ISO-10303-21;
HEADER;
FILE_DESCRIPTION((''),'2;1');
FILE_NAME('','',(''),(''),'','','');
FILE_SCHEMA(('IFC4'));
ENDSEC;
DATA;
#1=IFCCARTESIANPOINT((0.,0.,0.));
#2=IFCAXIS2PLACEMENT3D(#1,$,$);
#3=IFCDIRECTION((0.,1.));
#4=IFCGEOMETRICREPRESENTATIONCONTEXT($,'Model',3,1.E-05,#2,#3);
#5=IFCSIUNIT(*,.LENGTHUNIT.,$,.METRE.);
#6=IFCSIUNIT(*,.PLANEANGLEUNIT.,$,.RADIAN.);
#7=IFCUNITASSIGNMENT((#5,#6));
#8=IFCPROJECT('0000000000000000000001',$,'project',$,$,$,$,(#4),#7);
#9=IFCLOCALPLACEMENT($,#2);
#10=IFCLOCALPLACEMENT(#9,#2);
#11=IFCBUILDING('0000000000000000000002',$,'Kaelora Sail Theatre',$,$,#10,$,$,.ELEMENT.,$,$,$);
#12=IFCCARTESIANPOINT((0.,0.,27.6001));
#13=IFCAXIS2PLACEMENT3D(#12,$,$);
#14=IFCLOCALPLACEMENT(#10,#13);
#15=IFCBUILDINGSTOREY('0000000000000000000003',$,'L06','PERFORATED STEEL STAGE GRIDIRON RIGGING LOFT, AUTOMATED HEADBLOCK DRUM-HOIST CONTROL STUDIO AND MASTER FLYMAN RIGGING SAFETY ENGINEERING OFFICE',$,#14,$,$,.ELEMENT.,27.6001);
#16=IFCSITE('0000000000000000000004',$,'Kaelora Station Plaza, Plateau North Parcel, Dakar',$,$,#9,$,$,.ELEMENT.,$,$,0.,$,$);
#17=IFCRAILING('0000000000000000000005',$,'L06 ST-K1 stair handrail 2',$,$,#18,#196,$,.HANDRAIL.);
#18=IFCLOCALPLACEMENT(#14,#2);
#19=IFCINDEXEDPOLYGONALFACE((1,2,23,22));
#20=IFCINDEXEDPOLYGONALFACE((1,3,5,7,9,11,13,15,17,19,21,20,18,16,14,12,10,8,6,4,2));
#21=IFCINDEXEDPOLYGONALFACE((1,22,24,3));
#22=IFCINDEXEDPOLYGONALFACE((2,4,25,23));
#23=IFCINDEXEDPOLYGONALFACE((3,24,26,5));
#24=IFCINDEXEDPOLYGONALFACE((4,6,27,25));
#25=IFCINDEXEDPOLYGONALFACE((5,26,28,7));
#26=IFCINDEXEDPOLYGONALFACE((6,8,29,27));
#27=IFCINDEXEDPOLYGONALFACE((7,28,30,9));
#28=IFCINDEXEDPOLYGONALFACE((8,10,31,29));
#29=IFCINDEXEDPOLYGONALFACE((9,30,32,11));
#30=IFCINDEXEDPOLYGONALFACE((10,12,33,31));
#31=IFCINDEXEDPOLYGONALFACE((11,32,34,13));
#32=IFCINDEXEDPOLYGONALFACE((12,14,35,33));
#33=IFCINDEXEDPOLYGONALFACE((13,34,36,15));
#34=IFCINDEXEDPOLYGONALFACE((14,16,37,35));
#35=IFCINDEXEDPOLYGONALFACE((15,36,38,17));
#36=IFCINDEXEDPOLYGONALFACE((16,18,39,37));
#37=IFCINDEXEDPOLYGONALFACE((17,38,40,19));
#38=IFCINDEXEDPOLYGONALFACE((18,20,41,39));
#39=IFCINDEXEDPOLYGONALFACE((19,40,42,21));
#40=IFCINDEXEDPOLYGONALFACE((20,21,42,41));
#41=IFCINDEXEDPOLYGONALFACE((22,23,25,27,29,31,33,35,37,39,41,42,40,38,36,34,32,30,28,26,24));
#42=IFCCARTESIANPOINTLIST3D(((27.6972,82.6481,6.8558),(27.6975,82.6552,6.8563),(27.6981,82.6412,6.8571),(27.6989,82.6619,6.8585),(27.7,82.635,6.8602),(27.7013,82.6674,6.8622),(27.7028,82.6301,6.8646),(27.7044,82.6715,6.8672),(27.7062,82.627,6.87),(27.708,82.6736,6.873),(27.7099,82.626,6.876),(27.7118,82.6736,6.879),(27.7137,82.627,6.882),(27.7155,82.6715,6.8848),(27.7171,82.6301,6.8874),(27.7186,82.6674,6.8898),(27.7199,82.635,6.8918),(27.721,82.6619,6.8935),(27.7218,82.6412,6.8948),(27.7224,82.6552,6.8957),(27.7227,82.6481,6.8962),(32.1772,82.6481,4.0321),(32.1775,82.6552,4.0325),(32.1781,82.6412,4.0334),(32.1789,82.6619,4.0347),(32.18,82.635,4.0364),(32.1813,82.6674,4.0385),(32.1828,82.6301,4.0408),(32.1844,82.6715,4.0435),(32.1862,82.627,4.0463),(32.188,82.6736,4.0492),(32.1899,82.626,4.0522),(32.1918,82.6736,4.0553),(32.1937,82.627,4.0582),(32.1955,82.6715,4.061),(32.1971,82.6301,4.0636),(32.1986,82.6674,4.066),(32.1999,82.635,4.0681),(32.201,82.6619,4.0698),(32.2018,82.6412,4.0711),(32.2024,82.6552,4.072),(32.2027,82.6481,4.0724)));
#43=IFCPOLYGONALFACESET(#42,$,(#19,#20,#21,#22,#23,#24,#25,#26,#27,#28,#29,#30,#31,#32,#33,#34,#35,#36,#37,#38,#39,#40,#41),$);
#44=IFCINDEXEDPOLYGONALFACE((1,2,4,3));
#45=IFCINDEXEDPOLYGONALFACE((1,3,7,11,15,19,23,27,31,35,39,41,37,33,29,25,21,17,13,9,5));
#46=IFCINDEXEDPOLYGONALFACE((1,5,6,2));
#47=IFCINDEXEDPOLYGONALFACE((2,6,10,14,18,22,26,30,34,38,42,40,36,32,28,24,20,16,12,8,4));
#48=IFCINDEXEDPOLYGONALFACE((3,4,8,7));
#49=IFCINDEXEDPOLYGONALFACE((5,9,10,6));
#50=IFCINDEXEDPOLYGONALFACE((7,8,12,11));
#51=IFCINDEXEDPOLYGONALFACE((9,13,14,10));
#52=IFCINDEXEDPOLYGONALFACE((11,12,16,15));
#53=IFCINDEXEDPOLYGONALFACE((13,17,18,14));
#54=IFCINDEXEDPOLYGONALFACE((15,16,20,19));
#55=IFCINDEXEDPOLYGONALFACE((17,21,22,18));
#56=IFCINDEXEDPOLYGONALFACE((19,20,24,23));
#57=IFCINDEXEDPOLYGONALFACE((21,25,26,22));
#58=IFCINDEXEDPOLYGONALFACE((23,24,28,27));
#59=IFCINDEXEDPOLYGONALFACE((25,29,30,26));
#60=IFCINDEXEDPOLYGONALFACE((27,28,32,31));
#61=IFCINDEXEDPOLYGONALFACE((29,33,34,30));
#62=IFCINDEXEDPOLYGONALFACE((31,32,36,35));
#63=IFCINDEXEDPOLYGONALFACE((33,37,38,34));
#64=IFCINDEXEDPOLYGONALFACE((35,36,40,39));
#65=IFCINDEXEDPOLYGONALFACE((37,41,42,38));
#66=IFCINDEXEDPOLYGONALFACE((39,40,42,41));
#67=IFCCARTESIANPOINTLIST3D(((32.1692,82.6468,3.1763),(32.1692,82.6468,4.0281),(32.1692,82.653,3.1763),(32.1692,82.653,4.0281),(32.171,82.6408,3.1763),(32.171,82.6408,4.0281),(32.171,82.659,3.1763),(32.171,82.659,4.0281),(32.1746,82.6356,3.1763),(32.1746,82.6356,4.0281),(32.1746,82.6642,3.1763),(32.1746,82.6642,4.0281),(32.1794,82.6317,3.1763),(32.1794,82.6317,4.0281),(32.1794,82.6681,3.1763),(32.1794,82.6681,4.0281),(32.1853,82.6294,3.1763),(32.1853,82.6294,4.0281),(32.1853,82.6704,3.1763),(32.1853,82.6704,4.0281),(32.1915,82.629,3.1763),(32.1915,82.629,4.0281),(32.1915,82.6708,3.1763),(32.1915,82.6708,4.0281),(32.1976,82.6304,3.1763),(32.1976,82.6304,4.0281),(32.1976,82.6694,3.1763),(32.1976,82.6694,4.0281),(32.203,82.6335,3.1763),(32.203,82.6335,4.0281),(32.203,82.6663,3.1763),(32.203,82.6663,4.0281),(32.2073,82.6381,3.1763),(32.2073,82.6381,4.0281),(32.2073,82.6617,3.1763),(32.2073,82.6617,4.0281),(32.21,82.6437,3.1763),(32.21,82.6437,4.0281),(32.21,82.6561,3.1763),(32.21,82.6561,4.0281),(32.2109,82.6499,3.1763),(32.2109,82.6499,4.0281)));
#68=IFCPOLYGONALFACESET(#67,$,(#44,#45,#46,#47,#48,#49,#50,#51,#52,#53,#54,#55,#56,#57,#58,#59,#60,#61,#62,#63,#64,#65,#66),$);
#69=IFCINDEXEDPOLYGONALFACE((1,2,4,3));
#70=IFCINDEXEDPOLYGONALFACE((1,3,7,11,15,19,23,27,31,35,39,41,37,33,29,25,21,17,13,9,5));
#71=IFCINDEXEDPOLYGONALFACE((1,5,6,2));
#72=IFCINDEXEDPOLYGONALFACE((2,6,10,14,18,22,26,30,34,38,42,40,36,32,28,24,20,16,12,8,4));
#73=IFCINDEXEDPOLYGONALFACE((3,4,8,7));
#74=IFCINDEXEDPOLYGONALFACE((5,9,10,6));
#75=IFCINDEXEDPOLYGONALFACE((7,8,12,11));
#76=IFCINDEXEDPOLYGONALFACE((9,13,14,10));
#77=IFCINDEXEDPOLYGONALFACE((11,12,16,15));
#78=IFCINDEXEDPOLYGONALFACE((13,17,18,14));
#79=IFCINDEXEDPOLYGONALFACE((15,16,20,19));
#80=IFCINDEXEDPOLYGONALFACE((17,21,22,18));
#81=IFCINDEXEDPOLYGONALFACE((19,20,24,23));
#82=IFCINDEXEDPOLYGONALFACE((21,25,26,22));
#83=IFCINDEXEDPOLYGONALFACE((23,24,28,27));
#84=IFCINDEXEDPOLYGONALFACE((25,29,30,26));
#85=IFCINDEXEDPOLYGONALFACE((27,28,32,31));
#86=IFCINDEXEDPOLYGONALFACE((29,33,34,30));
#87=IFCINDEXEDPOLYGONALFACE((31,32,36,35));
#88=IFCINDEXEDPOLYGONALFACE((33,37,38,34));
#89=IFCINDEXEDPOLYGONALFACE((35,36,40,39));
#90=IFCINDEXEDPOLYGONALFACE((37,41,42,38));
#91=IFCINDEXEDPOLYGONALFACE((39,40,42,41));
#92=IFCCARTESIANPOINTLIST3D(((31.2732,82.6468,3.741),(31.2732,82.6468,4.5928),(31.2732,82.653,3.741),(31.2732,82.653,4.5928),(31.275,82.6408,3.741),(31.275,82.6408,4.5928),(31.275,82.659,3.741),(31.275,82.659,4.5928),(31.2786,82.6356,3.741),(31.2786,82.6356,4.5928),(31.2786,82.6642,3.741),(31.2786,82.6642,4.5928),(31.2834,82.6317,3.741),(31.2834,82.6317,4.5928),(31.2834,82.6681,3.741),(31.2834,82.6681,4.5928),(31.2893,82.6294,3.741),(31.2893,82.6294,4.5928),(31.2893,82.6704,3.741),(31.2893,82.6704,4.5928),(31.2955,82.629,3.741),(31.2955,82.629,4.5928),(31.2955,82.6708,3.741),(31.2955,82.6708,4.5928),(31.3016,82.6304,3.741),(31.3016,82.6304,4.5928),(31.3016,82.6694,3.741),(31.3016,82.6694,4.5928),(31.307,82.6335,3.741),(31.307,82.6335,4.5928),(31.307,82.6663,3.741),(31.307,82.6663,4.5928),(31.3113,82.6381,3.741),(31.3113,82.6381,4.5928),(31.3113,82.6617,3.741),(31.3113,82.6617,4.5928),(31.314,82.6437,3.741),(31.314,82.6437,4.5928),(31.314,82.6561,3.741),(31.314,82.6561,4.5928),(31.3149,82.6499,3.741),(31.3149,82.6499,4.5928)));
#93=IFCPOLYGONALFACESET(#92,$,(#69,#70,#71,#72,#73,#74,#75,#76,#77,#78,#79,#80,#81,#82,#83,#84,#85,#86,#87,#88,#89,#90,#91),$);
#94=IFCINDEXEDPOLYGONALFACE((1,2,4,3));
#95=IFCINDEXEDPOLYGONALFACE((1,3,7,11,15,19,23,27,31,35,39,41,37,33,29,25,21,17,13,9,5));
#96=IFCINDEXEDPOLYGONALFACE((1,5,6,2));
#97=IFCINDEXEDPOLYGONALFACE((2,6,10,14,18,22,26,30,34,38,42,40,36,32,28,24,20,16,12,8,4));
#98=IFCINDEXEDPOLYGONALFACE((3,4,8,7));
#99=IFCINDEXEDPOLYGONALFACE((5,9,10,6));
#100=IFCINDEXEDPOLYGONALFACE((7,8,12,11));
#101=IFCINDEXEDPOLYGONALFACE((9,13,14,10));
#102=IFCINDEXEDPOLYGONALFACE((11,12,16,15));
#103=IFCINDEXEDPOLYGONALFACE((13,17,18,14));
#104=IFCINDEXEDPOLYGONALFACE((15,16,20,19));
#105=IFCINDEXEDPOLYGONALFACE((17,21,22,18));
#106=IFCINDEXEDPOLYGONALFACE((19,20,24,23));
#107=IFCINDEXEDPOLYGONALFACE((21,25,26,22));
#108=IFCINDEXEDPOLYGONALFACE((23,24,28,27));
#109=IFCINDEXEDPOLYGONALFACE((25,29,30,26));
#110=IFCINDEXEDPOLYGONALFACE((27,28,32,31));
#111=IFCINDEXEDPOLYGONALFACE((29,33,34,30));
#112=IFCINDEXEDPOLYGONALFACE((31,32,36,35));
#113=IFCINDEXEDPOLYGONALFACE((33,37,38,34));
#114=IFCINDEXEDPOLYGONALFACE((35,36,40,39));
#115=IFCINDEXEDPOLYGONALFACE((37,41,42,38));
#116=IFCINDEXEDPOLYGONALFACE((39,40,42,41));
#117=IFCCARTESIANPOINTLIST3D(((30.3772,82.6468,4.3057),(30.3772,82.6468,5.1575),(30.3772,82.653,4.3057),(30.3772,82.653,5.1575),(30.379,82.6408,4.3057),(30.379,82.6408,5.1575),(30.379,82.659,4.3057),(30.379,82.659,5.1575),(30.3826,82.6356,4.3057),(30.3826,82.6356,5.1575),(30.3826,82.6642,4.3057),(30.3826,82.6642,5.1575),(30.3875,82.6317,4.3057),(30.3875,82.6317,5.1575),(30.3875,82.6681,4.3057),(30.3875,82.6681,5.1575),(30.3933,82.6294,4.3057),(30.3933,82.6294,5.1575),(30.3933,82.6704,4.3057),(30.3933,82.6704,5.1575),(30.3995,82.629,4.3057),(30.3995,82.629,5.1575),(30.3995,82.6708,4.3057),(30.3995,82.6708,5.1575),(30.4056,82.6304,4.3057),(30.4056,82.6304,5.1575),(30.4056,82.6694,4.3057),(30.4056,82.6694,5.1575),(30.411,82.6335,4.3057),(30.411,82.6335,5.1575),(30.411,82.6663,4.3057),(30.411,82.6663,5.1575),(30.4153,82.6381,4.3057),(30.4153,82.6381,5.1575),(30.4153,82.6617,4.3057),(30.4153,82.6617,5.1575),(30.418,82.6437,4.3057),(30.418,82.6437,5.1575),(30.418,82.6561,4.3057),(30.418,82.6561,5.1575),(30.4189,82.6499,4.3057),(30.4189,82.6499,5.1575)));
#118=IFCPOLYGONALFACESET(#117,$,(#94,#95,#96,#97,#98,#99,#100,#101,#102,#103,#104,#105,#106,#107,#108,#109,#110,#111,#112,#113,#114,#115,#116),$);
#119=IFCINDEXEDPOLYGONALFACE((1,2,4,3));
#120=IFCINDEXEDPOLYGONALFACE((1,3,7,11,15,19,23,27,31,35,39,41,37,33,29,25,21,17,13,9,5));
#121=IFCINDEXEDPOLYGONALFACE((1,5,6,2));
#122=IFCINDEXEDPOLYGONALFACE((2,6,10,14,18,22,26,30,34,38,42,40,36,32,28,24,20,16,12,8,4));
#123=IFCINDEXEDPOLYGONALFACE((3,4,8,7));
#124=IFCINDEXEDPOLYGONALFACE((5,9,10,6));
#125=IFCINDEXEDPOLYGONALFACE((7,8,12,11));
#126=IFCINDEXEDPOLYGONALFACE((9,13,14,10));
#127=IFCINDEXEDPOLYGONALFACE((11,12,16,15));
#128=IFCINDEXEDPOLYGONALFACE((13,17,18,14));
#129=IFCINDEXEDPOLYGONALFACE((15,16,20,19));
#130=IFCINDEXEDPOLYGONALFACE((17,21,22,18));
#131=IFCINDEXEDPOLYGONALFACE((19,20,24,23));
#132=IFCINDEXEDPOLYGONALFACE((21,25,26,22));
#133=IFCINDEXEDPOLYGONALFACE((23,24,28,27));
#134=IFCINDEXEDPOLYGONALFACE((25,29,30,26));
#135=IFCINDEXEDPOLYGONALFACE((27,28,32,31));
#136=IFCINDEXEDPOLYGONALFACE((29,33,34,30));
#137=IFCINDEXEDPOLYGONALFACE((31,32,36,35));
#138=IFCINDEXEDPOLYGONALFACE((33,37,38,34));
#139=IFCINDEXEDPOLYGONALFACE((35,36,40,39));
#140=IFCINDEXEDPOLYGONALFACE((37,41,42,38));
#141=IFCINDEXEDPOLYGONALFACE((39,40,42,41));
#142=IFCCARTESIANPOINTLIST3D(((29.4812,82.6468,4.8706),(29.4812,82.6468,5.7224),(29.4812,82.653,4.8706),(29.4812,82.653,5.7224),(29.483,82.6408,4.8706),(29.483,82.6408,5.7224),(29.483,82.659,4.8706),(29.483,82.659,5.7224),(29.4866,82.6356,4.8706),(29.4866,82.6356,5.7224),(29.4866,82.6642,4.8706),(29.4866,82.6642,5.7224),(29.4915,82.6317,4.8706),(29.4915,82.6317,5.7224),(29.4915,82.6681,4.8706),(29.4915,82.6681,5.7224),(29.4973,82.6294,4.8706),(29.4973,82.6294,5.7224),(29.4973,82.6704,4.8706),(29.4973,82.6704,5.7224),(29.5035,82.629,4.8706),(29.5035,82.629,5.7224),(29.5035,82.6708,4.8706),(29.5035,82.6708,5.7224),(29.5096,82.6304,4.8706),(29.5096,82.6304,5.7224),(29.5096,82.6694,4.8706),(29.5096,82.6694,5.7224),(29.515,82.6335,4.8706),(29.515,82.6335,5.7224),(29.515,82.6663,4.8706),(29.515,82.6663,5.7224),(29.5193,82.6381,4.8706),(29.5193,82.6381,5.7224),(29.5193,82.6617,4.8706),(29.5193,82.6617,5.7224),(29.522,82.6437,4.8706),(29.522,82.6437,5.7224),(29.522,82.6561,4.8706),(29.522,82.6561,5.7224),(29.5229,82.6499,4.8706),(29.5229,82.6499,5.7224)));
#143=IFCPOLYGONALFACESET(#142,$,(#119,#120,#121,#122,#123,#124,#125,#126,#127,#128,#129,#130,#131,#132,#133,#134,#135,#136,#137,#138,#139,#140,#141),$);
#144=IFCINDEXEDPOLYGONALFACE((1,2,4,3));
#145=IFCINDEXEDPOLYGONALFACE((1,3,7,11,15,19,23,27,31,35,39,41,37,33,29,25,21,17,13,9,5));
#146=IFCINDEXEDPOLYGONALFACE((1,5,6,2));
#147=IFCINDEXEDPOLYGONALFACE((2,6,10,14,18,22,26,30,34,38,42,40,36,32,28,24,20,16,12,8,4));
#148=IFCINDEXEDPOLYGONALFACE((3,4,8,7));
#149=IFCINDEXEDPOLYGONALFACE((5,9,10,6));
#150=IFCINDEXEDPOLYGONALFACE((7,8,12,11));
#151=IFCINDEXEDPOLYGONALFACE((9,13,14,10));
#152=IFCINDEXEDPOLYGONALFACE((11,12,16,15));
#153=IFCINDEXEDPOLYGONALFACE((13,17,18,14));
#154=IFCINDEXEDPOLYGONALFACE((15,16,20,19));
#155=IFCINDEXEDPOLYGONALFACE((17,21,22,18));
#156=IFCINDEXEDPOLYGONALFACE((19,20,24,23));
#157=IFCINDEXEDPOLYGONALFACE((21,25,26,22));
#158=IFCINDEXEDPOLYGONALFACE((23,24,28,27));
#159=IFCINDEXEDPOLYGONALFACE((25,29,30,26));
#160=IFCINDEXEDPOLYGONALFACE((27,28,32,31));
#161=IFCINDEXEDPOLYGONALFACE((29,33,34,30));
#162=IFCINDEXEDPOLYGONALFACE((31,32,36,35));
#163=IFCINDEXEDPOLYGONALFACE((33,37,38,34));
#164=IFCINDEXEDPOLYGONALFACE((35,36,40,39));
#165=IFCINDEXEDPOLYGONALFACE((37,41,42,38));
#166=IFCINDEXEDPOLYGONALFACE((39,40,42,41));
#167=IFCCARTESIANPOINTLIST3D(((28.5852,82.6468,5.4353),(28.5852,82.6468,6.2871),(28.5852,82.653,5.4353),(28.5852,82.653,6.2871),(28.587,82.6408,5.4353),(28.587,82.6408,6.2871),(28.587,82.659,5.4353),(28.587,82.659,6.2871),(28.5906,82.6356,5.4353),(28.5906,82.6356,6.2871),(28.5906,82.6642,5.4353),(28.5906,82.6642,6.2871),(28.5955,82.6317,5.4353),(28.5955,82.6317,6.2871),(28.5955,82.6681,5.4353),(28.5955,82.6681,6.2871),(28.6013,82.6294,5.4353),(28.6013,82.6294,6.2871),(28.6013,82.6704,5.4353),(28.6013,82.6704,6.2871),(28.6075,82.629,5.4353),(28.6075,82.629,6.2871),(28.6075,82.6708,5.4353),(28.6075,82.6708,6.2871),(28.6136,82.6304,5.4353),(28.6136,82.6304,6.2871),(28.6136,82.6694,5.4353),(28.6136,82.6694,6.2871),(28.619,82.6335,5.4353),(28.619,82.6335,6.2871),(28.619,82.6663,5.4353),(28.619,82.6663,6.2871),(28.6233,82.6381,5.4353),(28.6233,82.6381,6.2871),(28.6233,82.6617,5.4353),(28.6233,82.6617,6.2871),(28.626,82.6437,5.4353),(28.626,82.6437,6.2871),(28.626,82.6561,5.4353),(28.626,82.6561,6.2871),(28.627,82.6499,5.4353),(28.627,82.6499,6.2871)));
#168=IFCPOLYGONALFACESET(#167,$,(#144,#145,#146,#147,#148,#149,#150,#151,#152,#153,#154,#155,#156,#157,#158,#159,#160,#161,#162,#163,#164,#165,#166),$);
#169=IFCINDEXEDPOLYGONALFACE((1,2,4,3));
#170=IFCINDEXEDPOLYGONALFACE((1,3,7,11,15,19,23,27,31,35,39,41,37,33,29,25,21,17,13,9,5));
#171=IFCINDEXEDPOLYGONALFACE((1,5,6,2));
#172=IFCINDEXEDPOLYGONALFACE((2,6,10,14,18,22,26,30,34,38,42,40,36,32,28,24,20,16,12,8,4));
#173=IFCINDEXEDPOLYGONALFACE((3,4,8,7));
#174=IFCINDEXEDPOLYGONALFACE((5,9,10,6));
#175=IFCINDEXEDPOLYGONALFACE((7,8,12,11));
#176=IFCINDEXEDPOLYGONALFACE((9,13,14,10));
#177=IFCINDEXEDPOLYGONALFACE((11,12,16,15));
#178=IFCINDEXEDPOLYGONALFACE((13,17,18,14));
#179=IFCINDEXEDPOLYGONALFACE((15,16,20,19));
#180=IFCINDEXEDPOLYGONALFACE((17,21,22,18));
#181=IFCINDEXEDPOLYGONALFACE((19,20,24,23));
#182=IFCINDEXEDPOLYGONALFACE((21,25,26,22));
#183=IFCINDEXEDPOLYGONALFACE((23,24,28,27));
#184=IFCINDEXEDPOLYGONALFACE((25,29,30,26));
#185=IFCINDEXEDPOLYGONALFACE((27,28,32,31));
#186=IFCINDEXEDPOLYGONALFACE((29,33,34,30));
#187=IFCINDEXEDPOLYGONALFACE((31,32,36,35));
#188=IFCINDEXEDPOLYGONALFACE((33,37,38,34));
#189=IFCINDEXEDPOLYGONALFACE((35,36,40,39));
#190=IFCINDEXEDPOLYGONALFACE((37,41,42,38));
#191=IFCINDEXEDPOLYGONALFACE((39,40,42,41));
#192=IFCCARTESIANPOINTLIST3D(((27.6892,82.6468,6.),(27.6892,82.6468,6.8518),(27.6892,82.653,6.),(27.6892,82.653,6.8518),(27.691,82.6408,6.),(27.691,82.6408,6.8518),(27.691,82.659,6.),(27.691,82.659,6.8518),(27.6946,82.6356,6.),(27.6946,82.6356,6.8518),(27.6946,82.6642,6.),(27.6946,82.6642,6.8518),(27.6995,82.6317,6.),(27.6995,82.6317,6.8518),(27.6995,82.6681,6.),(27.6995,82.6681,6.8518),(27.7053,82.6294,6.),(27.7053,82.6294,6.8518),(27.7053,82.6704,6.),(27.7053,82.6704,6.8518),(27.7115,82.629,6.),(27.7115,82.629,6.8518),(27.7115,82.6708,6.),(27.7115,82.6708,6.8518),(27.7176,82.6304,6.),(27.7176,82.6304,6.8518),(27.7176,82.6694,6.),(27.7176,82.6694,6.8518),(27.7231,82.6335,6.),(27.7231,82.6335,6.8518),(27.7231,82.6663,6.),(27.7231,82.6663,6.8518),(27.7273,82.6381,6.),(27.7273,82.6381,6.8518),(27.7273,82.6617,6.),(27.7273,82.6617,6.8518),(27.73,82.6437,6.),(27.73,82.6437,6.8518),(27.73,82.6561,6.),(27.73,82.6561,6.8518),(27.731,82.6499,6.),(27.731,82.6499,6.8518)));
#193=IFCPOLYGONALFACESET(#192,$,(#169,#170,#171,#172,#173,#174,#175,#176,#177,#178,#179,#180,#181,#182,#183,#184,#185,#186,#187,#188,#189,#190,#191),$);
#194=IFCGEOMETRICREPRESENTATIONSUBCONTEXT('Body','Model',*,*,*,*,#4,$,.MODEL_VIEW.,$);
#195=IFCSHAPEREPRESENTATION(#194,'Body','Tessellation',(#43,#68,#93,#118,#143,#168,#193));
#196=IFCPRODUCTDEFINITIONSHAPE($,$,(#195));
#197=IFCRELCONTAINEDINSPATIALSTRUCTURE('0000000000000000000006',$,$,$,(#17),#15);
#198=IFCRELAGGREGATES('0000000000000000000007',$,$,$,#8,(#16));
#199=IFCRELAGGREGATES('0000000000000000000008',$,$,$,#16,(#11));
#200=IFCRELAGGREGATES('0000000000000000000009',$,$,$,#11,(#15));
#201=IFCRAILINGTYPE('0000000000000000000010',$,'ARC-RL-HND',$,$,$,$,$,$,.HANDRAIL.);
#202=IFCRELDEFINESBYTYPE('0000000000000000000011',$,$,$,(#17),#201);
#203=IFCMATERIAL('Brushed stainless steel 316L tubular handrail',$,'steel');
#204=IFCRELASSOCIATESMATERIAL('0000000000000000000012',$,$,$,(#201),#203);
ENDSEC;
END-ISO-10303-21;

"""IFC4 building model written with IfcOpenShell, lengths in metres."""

from ifc_helpers import new_model, si_unit, direction, frame, origin, origin_2d, place, context, subcontext, project, spatial, circle, extrude, material, type_object, element, save


model = new_model("IFC4")

# Units and contexts
model_context = context("Model", 3, precision=1e-05, world=origin(), true_north=direction((0.0, 1.0)))
body_context = subcontext(model_context, "Body", "Model", "MODEL_VIEW")
ifc_project = project(units=[si_unit("LENGTHUNIT", "METRE"), si_unit("PLANEANGLEUNIT", "RADIAN")], contexts=[model_context])

# Site, building, storey
site_placement = place(None, origin())
site = spatial("IfcSite", under=ifc_project, at=site_placement, Name="Kaelora Station Plaza, Plateau North Parcel, Dakar", CompositionType="ELEMENT", RefElevation=0.0)
building_placement = place(site_placement, origin())
building = spatial("IfcBuilding", under=site, at=building_placement, Name="Kaelora Sail Theatre", CompositionType="ELEMENT")
storey_placement = place(building_placement, frame((0.0, 0.0, 27.6001)))
storey = spatial("IfcBuildingStorey", under=building, at=storey_placement, Name="L06", Description="PERFORATED STEEL STAGE GRIDIRON RIGGING LOFT, AUTOMATED HEADBLOCK DRUM-HOIST CONTROL STUDIO AND MASTER FLYMAN RIGGING SAFETY ENGINEERING OFFICE", CompositionType="ELEMENT", Elevation=27.6001)

# Railing
ifc_material_1 = material(Name="Brushed stainless steel 316L tubular handrail", Category="steel")
railing_type_1 = type_object("IfcRailingType", Name="ARC-RL-HND", PredefinedType="HANDRAIL", material=ifc_material_1)
railing_1_placement = place(storey_placement, frame((32.1899, 82.6499, 3.1763)))
element("IfcRailing", 1, at=railing_1_placement, inside=storey, type_object=railing_type_1, Name="L06 ST-K1 stair handrail 2", PredefinedType="HANDRAIL", context=body_context, shape_type="SweptSolid", body=[
    extrude(circle(Radius=0.0239, at=origin_2d()), frame((0.0, 0.0, 0.876), z_axis=(-0.845977, 0.0, 0.533219), x_axis=(0.0, -1.0, 0.0)), (0.0, 0.0, 1.0), 5.2957),
    extrude(circle(Radius=0.021, at=origin_2d()), origin(), (0.0, 0.0, 1.0), 0.8518),
    extrude(circle(Radius=0.021, at=origin_2d()), frame((-0.896, 0.0, 0.5647)), (0.0, 0.0, 1.0), 0.8518),
    extrude(circle(Radius=0.021, at=origin_2d()), frame((-1.792, 0.0, 1.1294)), (0.0, 0.0, 1.0), 0.8518),
    extrude(circle(Radius=0.021, at=origin_2d()), frame((-2.688, 0.0, 1.6943)), (0.0, 0.0, 1.0), 0.8518),
    extrude(circle(Radius=0.021, at=origin_2d()), frame((-3.584, 0.0, 2.259)), (0.0, 0.0, 1.0), 0.8518),
    extrude(circle(Radius=0.021, at=origin_2d()), frame((-4.48, 0.0, 2.8237)), (0.0, 0.0, 1.0), 0.8518),
])

save(model, "model.ifc")
